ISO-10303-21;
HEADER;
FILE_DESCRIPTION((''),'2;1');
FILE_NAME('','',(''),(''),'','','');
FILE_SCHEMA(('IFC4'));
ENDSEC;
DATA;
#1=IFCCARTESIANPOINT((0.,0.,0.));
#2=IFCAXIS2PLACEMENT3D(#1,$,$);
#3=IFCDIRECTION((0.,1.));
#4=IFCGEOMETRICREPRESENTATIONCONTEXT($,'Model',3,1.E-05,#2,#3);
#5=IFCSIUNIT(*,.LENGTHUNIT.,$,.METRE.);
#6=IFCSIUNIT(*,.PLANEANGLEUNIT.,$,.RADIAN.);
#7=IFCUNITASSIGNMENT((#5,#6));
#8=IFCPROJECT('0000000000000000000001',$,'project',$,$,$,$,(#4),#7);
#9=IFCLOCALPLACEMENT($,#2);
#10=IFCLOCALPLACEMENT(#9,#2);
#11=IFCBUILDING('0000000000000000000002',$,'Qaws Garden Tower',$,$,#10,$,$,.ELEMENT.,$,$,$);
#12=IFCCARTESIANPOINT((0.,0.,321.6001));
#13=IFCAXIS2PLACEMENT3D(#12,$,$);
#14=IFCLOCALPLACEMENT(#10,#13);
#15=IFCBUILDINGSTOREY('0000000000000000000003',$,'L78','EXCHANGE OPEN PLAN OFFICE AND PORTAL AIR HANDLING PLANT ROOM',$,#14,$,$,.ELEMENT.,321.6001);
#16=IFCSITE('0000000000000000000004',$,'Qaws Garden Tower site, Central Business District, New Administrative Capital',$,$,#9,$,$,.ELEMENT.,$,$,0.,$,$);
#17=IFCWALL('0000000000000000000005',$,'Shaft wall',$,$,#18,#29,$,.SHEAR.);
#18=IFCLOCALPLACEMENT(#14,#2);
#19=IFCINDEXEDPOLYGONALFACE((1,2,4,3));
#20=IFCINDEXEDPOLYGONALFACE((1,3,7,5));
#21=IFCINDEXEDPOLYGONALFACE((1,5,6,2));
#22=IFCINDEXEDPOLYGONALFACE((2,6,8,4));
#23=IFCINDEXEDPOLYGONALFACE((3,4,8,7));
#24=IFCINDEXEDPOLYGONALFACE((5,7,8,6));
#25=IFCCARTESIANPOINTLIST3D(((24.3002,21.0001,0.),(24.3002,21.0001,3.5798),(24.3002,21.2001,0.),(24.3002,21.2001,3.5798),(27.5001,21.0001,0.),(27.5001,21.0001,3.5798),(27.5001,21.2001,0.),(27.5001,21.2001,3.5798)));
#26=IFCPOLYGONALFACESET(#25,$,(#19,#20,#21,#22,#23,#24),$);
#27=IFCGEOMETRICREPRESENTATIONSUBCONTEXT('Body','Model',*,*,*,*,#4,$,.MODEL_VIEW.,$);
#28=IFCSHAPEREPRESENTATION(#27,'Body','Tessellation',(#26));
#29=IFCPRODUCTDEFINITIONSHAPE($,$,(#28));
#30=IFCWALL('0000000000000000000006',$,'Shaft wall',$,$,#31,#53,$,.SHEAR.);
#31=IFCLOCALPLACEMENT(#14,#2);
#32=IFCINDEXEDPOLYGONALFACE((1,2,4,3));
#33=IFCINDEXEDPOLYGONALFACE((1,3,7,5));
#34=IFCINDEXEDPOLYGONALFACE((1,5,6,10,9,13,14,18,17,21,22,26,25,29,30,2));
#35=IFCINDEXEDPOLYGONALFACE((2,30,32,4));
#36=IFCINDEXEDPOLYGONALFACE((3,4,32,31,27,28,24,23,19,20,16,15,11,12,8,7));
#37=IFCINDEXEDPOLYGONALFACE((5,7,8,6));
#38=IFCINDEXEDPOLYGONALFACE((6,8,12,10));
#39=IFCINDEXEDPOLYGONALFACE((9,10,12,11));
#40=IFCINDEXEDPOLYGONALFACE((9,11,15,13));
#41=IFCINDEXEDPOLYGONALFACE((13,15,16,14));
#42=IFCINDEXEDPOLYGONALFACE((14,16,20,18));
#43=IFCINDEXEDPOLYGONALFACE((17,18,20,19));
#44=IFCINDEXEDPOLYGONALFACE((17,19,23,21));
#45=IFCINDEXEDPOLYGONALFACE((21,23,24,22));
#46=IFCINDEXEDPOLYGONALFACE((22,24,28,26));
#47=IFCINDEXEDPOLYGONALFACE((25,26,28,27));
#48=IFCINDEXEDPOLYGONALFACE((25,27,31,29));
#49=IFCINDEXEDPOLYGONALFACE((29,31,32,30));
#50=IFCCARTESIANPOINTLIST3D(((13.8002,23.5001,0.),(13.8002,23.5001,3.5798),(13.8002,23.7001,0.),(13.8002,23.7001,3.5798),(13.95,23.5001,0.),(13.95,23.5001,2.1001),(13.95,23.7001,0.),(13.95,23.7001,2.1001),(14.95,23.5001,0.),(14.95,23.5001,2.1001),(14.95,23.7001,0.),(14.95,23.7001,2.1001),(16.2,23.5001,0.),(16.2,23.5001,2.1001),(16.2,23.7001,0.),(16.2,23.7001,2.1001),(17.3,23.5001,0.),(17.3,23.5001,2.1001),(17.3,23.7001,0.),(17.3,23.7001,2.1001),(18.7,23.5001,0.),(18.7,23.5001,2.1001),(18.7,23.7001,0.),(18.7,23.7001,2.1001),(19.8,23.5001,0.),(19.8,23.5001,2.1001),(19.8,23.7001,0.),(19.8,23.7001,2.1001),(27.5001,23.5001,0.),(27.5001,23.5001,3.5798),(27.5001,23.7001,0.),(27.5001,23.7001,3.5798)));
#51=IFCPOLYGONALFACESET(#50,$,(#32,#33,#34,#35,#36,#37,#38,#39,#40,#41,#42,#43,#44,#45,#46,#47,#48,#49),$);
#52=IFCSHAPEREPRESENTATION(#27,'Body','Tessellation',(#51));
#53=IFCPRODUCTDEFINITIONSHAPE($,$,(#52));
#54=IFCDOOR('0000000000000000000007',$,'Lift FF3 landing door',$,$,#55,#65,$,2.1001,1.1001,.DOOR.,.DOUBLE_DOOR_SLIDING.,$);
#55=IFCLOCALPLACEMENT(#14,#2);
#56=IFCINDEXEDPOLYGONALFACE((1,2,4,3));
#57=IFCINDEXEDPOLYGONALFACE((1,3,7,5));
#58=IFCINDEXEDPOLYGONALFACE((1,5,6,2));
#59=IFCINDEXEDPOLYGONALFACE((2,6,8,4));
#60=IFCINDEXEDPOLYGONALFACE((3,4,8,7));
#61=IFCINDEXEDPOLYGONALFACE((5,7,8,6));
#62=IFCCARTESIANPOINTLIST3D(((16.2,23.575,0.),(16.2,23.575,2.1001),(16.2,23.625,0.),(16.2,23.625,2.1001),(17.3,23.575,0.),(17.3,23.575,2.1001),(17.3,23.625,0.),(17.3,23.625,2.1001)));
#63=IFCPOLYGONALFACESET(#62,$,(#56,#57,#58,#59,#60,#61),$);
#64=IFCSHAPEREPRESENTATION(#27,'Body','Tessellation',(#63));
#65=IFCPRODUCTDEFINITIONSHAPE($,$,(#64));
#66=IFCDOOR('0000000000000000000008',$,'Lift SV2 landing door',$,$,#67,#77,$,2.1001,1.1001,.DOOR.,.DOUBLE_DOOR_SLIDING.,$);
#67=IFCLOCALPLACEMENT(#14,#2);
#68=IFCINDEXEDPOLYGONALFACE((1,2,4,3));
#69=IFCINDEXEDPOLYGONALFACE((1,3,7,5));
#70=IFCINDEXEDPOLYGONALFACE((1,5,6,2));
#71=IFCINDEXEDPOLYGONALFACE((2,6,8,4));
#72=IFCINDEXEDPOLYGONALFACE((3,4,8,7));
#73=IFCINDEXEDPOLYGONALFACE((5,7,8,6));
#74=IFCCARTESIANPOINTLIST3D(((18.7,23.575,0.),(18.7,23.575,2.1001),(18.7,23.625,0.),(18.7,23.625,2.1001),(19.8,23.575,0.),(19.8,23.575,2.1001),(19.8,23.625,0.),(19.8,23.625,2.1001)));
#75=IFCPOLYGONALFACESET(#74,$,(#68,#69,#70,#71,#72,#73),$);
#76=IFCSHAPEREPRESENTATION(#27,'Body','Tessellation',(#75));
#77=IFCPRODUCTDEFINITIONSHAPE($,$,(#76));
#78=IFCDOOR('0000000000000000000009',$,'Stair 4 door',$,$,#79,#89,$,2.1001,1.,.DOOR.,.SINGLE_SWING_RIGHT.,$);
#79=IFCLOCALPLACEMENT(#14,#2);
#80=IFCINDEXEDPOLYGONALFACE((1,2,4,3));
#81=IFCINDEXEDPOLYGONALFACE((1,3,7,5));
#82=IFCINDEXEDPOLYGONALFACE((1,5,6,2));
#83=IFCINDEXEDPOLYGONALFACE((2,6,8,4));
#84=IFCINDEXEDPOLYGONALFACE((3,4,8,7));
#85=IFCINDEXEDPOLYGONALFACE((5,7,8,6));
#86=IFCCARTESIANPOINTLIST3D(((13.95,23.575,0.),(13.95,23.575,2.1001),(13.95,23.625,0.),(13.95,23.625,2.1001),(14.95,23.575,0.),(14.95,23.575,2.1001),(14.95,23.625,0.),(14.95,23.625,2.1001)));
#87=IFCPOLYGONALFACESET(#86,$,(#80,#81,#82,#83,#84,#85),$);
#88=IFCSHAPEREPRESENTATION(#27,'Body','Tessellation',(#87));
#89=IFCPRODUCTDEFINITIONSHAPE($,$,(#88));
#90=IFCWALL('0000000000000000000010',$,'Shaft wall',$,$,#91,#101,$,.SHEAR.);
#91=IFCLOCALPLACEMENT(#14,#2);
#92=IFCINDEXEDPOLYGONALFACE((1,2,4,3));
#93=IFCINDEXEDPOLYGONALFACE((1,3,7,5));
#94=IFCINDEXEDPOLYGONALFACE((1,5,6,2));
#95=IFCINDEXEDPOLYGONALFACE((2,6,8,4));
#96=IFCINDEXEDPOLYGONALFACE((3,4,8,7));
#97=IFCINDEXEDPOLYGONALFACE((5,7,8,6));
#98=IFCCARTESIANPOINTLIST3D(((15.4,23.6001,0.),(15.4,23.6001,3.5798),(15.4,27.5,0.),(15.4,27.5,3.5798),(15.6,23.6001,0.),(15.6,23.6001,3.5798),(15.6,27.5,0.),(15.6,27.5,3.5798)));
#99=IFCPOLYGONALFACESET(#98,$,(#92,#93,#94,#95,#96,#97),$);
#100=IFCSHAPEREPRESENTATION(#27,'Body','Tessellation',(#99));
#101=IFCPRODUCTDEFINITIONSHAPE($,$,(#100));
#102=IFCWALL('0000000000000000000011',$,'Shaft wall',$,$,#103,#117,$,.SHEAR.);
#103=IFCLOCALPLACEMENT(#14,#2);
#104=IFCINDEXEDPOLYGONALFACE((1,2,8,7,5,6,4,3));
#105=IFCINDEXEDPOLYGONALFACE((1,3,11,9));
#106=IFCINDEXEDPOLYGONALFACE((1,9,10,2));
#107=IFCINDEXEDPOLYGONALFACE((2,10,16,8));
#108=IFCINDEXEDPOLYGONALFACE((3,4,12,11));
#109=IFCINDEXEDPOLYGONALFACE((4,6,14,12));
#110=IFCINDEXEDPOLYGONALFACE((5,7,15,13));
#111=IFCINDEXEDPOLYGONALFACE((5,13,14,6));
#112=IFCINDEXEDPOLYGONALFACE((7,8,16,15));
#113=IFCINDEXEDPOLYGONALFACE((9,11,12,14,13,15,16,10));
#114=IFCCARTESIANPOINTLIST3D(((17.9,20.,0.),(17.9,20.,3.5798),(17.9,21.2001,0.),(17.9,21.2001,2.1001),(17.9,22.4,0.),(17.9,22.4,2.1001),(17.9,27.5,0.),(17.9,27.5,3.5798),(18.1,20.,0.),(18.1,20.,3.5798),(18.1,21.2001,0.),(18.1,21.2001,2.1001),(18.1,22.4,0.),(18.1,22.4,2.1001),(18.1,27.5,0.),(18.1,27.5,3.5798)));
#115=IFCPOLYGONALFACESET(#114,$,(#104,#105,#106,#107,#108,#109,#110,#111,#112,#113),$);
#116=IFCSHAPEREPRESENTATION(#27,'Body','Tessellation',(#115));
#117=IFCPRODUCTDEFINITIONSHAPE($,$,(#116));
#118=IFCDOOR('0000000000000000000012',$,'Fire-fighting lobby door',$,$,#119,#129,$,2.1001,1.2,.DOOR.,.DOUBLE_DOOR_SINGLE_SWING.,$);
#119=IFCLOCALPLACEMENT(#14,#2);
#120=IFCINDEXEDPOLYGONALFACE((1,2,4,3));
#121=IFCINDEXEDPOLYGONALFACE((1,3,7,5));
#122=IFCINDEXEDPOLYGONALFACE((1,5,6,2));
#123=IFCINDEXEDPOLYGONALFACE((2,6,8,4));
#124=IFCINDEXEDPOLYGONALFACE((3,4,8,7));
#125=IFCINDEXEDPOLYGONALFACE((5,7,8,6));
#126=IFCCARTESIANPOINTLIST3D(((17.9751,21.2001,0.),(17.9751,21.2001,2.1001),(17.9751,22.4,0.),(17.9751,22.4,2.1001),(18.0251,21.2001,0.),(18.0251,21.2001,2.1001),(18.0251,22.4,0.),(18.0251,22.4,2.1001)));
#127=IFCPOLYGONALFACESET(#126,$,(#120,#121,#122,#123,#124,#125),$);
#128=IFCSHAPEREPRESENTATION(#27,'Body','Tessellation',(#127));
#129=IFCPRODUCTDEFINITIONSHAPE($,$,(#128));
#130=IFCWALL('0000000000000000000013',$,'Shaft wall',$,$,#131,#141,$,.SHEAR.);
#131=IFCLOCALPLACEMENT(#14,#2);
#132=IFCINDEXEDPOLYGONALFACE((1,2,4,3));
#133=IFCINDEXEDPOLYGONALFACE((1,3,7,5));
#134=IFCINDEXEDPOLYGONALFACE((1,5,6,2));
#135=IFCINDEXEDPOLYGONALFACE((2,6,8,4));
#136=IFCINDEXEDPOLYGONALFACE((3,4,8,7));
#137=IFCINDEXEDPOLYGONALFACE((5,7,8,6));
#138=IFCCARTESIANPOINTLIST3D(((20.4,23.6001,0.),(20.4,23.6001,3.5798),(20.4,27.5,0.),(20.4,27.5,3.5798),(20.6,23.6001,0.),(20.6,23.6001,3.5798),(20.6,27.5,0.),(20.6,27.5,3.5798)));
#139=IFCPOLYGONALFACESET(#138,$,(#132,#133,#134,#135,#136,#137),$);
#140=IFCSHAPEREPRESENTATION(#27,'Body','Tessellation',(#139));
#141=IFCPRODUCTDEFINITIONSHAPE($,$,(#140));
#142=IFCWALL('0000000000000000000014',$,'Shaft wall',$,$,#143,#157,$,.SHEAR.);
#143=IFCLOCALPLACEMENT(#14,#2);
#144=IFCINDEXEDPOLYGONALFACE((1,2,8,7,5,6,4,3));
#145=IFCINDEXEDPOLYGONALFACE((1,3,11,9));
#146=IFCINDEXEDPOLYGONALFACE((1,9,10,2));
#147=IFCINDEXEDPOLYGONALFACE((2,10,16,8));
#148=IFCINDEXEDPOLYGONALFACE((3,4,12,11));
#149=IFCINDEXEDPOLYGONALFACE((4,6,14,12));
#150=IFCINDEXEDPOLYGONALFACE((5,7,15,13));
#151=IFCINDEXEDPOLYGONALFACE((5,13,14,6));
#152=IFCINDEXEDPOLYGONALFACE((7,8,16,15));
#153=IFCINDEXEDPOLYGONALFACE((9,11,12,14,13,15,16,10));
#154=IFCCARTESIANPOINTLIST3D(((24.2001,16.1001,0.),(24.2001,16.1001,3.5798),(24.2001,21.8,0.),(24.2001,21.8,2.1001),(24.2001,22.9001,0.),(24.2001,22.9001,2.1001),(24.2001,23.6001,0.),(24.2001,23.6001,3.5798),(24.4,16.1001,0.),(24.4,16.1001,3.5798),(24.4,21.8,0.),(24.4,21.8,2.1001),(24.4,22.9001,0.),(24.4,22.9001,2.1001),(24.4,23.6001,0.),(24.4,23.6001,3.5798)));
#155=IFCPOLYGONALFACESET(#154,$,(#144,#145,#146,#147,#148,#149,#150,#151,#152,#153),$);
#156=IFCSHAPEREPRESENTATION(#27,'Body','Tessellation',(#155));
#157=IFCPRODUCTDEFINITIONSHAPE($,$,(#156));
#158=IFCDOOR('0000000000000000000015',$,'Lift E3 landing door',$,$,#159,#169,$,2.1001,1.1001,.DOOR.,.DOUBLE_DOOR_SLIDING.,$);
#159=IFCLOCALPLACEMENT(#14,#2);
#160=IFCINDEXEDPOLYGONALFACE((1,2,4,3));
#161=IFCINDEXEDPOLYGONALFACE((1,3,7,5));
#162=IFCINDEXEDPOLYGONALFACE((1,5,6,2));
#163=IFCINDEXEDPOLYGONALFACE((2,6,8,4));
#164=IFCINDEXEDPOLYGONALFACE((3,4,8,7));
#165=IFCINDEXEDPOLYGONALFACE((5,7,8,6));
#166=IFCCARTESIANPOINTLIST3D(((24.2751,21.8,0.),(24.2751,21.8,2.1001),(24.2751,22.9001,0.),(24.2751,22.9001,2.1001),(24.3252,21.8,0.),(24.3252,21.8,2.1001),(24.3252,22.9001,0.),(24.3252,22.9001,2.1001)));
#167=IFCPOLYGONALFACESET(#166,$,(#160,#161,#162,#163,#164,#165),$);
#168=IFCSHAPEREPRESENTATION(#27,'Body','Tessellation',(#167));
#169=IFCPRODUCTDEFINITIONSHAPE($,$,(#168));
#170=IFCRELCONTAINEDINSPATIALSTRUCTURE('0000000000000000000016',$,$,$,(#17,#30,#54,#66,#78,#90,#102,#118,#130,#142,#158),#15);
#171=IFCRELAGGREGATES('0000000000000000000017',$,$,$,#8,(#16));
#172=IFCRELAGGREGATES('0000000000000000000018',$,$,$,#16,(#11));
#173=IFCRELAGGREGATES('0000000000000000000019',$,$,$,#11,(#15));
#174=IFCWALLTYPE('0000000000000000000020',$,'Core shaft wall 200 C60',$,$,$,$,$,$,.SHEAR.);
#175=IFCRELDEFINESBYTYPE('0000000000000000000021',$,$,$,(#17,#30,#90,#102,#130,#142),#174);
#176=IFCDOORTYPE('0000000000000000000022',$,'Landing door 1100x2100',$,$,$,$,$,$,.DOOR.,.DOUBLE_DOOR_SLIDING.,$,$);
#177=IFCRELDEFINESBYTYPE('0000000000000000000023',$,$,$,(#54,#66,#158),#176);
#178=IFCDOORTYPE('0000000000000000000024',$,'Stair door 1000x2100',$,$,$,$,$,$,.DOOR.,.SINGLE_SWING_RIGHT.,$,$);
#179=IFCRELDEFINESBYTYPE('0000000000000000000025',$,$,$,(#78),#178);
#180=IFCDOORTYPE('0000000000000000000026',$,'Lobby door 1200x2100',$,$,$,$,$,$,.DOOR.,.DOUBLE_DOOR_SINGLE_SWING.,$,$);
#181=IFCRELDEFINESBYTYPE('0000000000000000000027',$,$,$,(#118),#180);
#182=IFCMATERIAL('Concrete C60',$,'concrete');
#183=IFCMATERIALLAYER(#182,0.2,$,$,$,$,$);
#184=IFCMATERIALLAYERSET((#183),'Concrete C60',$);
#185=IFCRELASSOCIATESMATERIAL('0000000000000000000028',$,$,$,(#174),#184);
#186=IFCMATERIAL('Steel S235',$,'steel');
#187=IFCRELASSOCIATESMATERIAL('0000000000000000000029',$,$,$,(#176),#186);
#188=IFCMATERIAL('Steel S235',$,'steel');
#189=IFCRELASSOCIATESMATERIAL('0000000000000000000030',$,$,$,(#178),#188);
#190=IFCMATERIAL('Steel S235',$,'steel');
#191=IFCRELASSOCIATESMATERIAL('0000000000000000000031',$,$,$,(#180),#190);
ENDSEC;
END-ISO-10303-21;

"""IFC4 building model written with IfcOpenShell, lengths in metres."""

from ifc_helpers import new_model, si_unit, direction, frame, frame_2d, origin, place, context, subcontext, project, spatial, rectangle, extrude, material, layer, layer_set, type_object, element, fill, save


model = new_model("IFC4")

# Units and contexts
model_context = context("Model", 3, precision=1e-05, world=origin(), true_north=direction((0.0, 1.0)))
body_context = subcontext(model_context, "Body", "Model", "MODEL_VIEW")
ifc_project = project(units=[si_unit("LENGTHUNIT", "METRE"), si_unit("PLANEANGLEUNIT", "RADIAN")], contexts=[model_context])

# Site, building, storey
site_placement = place(None, origin())
site = spatial("IfcSite", under=ifc_project, at=site_placement, Name="Qaws Garden Tower site, Central Business District, New Administrative Capital", CompositionType="ELEMENT", RefElevation=0.0)
building_placement = place(site_placement, origin())
building = spatial("IfcBuilding", under=site, at=building_placement, Name="Qaws Garden Tower", CompositionType="ELEMENT")
storey_placement = place(building_placement, frame((0.0, 0.0, 321.6001)))
storey = spatial("IfcBuildingStorey", under=building, at=storey_placement, Name="L78", Description="EXCHANGE OPEN PLAN OFFICE AND PORTAL AIR HANDLING PLANT ROOM", CompositionType="ELEMENT", Elevation=321.6001)

# Wall
ifc_material_1 = material(Name="Concrete C60", Category="concrete")
ifc_layer_1 = layer(ifc_material_1, 0.2)
ifc_layer_set_1 = layer_set([ifc_layer_1], Name="Concrete C60")
wall_type_1 = type_object("IfcWallType", Name="Core shaft wall 200 C60", PredefinedType="SHEAR", material=ifc_layer_set_1)
for number, where, z_axis, x_axis, name in (
    (1, (24.3, 21.1001, 0.0), (0.0, 0.0, 1.0), (1.0, 0.0, 0.0), "Shaft wall"),
):
    element("IfcWall", number, at=place(storey_placement, frame(where, z_axis=z_axis, x_axis=x_axis)), inside=storey, type_object=wall_type_1, Name=name, PredefinedType="SHEAR", context=body_context, shape_type="SweptSolid", body=[
        extrude(rectangle(XDim=3.2, YDim=0.2, at=frame_2d((1.6001, 0.0))), origin(), (0.0, 0.0, 1.0), 3.5798),
    ])

# Wall, openings, doors
wall_1_placement = place(storey_placement, frame((13.8, 23.6001, 0.0), z_axis=(0.0, 0.0, 1.0), x_axis=(1.0, 0.0, 0.0)))
wall_1 = element("IfcWall", 2, at=wall_1_placement, inside=storey, type_object=wall_type_1, Name="Shaft wall", PredefinedType="SHEAR", context=body_context, shape_type="SweptSolid", body=[
    extrude(rectangle(XDim=13.7, YDim=0.2, at=frame_2d((6.8501, 0.0))), origin(), (0.0, 0.0, 1.0), 3.5798),
])
opening_1_placement = place(wall_1_placement, frame((2.3999, 0.0, 0.0)))
opening_1 = element("IfcOpeningElement", 3, at=opening_1_placement, cuts=wall_1, PredefinedType="OPENING", context=body_context, shape_type="SweptSolid", body=[
    extrude(rectangle(XDim=1.1001, YDim=2.1001, at=frame_2d((0.55, 1.05))), frame((0.0, 0.1099, 0.0), z_axis=(0.0, -1.0, 0.0), x_axis=(1.0, 0.0, 0.0)), (0.0, 0.0, 1.0), 0.22),
])
opening_2_placement = place(wall_1_placement, frame((4.8999, 0.0, 0.0)))
opening_2 = element("IfcOpeningElement", 4, at=opening_2_placement, cuts=wall_1, PredefinedType="OPENING", context=body_context, shape_type="SweptSolid", body=[
    extrude(rectangle(XDim=1.1001, YDim=2.1001, at=frame_2d((0.55, 1.05))), frame((0.0, 0.1099, 0.0), z_axis=(0.0, -1.0, 0.0), x_axis=(1.0, 0.0, 0.0)), (0.0, 0.0, 1.0), 0.22),
])
opening_3_placement = place(wall_1_placement, frame((0.1499, 0.0, 0.0)))
opening_3 = element("IfcOpeningElement", 5, at=opening_3_placement, cuts=wall_1, PredefinedType="OPENING", context=body_context, shape_type="SweptSolid", body=[
    extrude(rectangle(XDim=1.0, YDim=2.1001, at=frame_2d((0.5, 1.05))), frame((0.0, 0.1099, 0.0), z_axis=(0.0, -1.0, 0.0), x_axis=(1.0, 0.0, 0.0)), (0.0, 0.0, 1.0), 0.22),
])
ifc_material_2 = material(Name="Steel S235", Category="steel")
door_type_1 = type_object("IfcDoorType", Name="Landing door 1100x2100", OperationType="DOUBLE_DOOR_SLIDING", PredefinedType="DOOR", material=ifc_material_2)
door_1_placement = place(opening_1_placement, origin())
door_1 = element("IfcDoor", 6, at=door_1_placement, inside=storey, type_object=door_type_1, Name="Lift FF3 landing door", OperationType="DOUBLE_DOOR_SLIDING", OverallHeight=2.1001, OverallWidth=1.1001, PredefinedType="DOOR", context=body_context, shape_type="SweptSolid", body=[
    extrude(rectangle(XDim=1.1001, YDim=2.1001, at=frame_2d((0.55, 1.05))), frame((0.0, 0.0249, 0.0), z_axis=(0.0, -1.0, 0.0), x_axis=(1.0, 0.0, 0.0)), (0.0, 0.0, 1.0), 0.05),
])
fill(opening_1, door_1)
door_2_placement = place(opening_2_placement, origin())
door_2 = element("IfcDoor", 7, at=door_2_placement, inside=storey, type_object=door_type_1, Name="Lift SV2 landing door", OperationType="DOUBLE_DOOR_SLIDING", OverallHeight=2.1001, OverallWidth=1.1001, PredefinedType="DOOR", context=body_context, shape_type="SweptSolid", body=[
    extrude(rectangle(XDim=1.1001, YDim=2.1001, at=frame_2d((0.55, 1.05))), frame((0.0, 0.0249, 0.0), z_axis=(0.0, -1.0, 0.0), x_axis=(1.0, 0.0, 0.0)), (0.0, 0.0, 1.0), 0.05),
])
fill(opening_2, door_2)
ifc_material_3 = material(Name="Steel S235", Category="steel")
door_type_2 = type_object("IfcDoorType", Name="Stair door 1000x2100", OperationType="SINGLE_SWING_RIGHT", PredefinedType="DOOR", material=ifc_material_3)
door_3_placement = place(opening_3_placement, origin())
door_3 = element("IfcDoor", 8, at=door_3_placement, inside=storey, type_object=door_type_2, Name="Stair 4 door", OperationType="SINGLE_SWING_RIGHT", OverallHeight=2.1001, OverallWidth=1.0, PredefinedType="DOOR", context=body_context, shape_type="SweptSolid", body=[
    extrude(rectangle(XDim=1.0, YDim=2.1001, at=frame_2d((0.5, 1.05))), frame((0.0, 0.0249, 0.0), z_axis=(0.0, -1.0, 0.0), x_axis=(1.0, 0.0, 0.0)), (0.0, 0.0, 1.0), 0.05),
])
fill(opening_3, door_3)

# Wall
wall_2_placement = place(storey_placement, frame((15.5, 23.6001, 0.0), z_axis=(0.0, 0.0, 1.0), x_axis=(0.0, 1.0, 0.0)))
element("IfcWall", 9, at=wall_2_placement, inside=storey, type_object=wall_type_1, Name="Shaft wall", PredefinedType="SHEAR", context=body_context, shape_type="SweptSolid", body=[
    extrude(rectangle(XDim=3.8999, YDim=0.2, at=frame_2d((1.95, 0.0))), origin(), (0.0, 0.0, 1.0), 3.5798),
])

# Wall, opening, door
wall_3_placement = place(storey_placement, frame((18.0, 20.0, 0.0), z_axis=(0.0, 0.0, 1.0), x_axis=(0.0, 1.0, 0.0)))
wall_3 = element("IfcWall", 10, at=wall_3_placement, inside=storey, type_object=wall_type_1, Name="Shaft wall", PredefinedType="SHEAR", context=body_context, shape_type="SweptSolid", body=[
    extrude(rectangle(XDim=7.5, YDim=0.2, at=frame_2d((3.75, 0.0))), origin(), (0.0, 0.0, 1.0), 3.5798),
])
opening_4_placement = place(wall_3_placement, frame((1.2, 0.0, 0.0)))
opening_4 = element("IfcOpeningElement", 11, at=opening_4_placement, cuts=wall_3, PredefinedType="OPENING", context=body_context, shape_type="SweptSolid", body=[
    extrude(rectangle(XDim=1.2, YDim=2.1001, at=frame_2d((0.6001, 1.05))), frame((0.0, 0.1099, 0.0), z_axis=(0.0, -1.0, 0.0), x_axis=(1.0, 0.0, 0.0)), (0.0, 0.0, 1.0), 0.22),
])
ifc_material_4 = material(Name="Steel S235", Category="steel")
door_type_3 = type_object("IfcDoorType", Name="Lobby door 1200x2100", OperationType="DOUBLE_DOOR_SINGLE_SWING", PredefinedType="DOOR", material=ifc_material_4)
door_4_placement = place(opening_4_placement, origin())
door_4 = element("IfcDoor", 12, at=door_4_placement, inside=storey, type_object=door_type_3, Name="Fire-fighting lobby door", OperationType="DOUBLE_DOOR_SINGLE_SWING", OverallHeight=2.1001, OverallWidth=1.2, PredefinedType="DOOR", context=body_context, shape_type="SweptSolid", body=[
    extrude(rectangle(XDim=1.2, YDim=2.1001, at=frame_2d((0.6001, 1.05))), frame((0.0, 0.0249, 0.0), z_axis=(0.0, -1.0, 0.0), x_axis=(1.0, 0.0, 0.0)), (0.0, 0.0, 1.0), 0.05),
])
fill(opening_4, door_4)

# Wall
wall_4_placement = place(storey_placement, frame((20.5, 23.6001, 0.0), z_axis=(0.0, 0.0, 1.0), x_axis=(0.0, 1.0, 0.0)))
element("IfcWall", 13, at=wall_4_placement, inside=storey, type_object=wall_type_1, Name="Shaft wall", PredefinedType="SHEAR", context=body_context, shape_type="SweptSolid", body=[
    extrude(rectangle(XDim=3.8999, YDim=0.2, at=frame_2d((1.95, 0.0))), origin(), (0.0, 0.0, 1.0), 3.5798),
])

# Wall, opening, door
wall_5_placement = place(storey_placement, frame((24.3, 16.1001, 0.0), z_axis=(0.0, 0.0, 1.0), x_axis=(0.0, 1.0, 0.0)))
wall_5 = element("IfcWall", 14, at=wall_5_placement, inside=storey, type_object=wall_type_1, Name="Shaft wall", PredefinedType="SHEAR", context=body_context, shape_type="SweptSolid", body=[
    extrude(rectangle(XDim=7.5, YDim=0.2, at=frame_2d((3.75, 0.0))), origin(), (0.0, 0.0, 1.0), 3.5798),
])
opening_5_placement = place(wall_5_placement, frame((5.7, 0.0, 0.0)))
opening_5 = element("IfcOpeningElement", 15, at=opening_5_placement, cuts=wall_5, PredefinedType="OPENING", context=body_context, shape_type="SweptSolid", body=[
    extrude(rectangle(XDim=1.1001, YDim=2.1001, at=frame_2d((0.55, 1.05))), frame((0.0, 0.1099, 0.0), z_axis=(0.0, -1.0, 0.0), x_axis=(1.0, 0.0, 0.0)), (0.0, 0.0, 1.0), 0.22),
])
door_5_placement = place(opening_5_placement, origin())
door_5 = element("IfcDoor", 16, at=door_5_placement, inside=storey, type_object=door_type_1, Name="Lift E3 landing door", OperationType="DOUBLE_DOOR_SLIDING", OverallHeight=2.1001, OverallWidth=1.1001, PredefinedType="DOOR", context=body_context, shape_type="SweptSolid", body=[
    extrude(rectangle(XDim=1.1001, YDim=2.1001, at=frame_2d((0.55, 1.05))), frame((0.0, 0.0249, 0.0), z_axis=(0.0, -1.0, 0.0), x_axis=(1.0, 0.0, 0.0)), (0.0, 0.0, 1.0), 0.05),
])
fill(opening_5, door_5)

save(model, "model.ifc")
